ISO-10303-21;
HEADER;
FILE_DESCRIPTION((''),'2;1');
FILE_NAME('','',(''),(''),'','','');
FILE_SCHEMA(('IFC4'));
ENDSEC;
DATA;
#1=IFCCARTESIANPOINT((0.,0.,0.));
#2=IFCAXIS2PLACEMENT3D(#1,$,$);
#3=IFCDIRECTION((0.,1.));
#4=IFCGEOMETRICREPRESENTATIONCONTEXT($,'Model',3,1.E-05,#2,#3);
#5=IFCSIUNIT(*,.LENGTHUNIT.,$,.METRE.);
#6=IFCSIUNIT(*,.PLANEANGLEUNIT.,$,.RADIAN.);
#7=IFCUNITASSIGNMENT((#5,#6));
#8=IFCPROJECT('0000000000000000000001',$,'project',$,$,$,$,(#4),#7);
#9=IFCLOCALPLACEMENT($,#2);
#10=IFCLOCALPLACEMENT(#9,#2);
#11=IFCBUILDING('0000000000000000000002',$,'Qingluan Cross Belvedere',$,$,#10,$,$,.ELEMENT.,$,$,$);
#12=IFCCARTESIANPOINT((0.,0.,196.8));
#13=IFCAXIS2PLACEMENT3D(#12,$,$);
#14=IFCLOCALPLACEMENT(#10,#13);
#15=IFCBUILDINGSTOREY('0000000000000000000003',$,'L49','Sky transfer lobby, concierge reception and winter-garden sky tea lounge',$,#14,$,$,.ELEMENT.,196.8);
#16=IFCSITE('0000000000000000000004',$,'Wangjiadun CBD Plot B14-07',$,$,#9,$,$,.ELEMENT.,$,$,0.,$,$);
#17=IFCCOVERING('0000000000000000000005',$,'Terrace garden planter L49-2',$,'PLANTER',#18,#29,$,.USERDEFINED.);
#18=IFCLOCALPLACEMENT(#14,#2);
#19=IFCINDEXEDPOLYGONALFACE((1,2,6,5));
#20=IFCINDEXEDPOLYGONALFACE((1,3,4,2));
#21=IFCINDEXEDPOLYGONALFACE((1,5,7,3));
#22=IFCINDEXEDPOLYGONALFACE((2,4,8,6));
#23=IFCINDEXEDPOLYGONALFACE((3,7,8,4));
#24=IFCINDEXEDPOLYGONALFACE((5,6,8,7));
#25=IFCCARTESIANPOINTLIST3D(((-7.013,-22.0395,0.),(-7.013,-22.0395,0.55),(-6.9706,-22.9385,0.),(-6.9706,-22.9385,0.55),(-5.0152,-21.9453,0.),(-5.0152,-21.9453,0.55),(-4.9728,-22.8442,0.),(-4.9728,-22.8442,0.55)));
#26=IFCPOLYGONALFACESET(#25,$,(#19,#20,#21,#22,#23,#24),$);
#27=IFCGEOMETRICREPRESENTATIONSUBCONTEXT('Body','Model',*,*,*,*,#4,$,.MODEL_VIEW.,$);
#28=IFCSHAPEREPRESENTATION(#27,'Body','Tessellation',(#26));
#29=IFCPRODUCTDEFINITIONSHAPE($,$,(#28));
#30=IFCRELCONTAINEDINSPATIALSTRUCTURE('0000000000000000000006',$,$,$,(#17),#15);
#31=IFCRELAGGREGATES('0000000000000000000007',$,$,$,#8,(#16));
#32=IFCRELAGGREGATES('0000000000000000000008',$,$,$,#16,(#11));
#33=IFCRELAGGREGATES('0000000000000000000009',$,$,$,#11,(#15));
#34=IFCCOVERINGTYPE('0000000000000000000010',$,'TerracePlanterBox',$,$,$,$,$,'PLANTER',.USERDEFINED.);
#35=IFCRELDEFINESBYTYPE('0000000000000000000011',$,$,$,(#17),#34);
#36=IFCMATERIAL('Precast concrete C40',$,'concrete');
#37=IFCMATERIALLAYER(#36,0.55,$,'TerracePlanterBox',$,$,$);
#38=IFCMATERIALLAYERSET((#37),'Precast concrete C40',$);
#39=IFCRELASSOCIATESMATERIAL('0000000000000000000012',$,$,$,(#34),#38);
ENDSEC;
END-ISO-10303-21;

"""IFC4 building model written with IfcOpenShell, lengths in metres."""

from ifc_helpers import new_model, si_unit, direction, frame, origin, origin_2d, place, context, subcontext, project, spatial, rectangle, extrude, material, layer, layer_set, type_object, element, save


model = new_model("IFC4")

# Units and contexts
model_context = context("Model", 3, precision=1e-05, world=origin(), true_north=direction((0.0, 1.0)))
body_context = subcontext(model_context, "Body", "Model", "MODEL_VIEW")
ifc_project = project(units=[si_unit("LENGTHUNIT", "METRE"), si_unit("PLANEANGLEUNIT", "RADIAN")], contexts=[model_context])

# Site, building, storey
site_placement = place(None, origin())
site = spatial("IfcSite", under=ifc_project, at=site_placement, Name="Wangjiadun CBD Plot B14-07", CompositionType="ELEMENT", RefElevation=0.0)
building_placement = place(site_placement, origin())
building = spatial("IfcBuilding", under=site, at=building_placement, Name="Qingluan Cross Belvedere", CompositionType="ELEMENT")
storey_placement = place(building_placement, frame((0.0, 0.0, 196.8)))
storey = spatial("IfcBuildingStorey", under=building, at=storey_placement, Name="L49", Description="Sky transfer lobby, concierge reception and winter-garden sky tea lounge", CompositionType="ELEMENT", Elevation=196.8)

# Covering
ifc_material_1 = material(Name="Precast concrete C40", Category="concrete")
ifc_layer_1 = layer(ifc_material_1, 0.55, Name="TerracePlanterBox")
ifc_layer_set_1 = layer_set([ifc_layer_1], Name="Precast concrete C40")
covering_type_1 = type_object("IfcCoveringType", Name="TerracePlanterBox", ElementType="PLANTER", PredefinedType="USERDEFINED", material=ifc_layer_set_1)
covering_1_placement = place(storey_placement, frame((-5.9929, -22.4419, 0.0), z_axis=(0.0, 0.0, 1.0), x_axis=(0.99889, 0.047106, 0.0)))
element("IfcCovering", 1, at=covering_1_placement, inside=storey, type_object=covering_type_1, Name="Terrace garden planter L49-2", ObjectType="PLANTER", PredefinedType="USERDEFINED", context=body_context, shape_type="SweptSolid", body=[
    extrude(rectangle(XDim=2.0, YDim=0.8999, at=origin_2d()), origin(), (0.0, 0.0, 1.0), 0.55),
])

save(model, "model.ifc")
